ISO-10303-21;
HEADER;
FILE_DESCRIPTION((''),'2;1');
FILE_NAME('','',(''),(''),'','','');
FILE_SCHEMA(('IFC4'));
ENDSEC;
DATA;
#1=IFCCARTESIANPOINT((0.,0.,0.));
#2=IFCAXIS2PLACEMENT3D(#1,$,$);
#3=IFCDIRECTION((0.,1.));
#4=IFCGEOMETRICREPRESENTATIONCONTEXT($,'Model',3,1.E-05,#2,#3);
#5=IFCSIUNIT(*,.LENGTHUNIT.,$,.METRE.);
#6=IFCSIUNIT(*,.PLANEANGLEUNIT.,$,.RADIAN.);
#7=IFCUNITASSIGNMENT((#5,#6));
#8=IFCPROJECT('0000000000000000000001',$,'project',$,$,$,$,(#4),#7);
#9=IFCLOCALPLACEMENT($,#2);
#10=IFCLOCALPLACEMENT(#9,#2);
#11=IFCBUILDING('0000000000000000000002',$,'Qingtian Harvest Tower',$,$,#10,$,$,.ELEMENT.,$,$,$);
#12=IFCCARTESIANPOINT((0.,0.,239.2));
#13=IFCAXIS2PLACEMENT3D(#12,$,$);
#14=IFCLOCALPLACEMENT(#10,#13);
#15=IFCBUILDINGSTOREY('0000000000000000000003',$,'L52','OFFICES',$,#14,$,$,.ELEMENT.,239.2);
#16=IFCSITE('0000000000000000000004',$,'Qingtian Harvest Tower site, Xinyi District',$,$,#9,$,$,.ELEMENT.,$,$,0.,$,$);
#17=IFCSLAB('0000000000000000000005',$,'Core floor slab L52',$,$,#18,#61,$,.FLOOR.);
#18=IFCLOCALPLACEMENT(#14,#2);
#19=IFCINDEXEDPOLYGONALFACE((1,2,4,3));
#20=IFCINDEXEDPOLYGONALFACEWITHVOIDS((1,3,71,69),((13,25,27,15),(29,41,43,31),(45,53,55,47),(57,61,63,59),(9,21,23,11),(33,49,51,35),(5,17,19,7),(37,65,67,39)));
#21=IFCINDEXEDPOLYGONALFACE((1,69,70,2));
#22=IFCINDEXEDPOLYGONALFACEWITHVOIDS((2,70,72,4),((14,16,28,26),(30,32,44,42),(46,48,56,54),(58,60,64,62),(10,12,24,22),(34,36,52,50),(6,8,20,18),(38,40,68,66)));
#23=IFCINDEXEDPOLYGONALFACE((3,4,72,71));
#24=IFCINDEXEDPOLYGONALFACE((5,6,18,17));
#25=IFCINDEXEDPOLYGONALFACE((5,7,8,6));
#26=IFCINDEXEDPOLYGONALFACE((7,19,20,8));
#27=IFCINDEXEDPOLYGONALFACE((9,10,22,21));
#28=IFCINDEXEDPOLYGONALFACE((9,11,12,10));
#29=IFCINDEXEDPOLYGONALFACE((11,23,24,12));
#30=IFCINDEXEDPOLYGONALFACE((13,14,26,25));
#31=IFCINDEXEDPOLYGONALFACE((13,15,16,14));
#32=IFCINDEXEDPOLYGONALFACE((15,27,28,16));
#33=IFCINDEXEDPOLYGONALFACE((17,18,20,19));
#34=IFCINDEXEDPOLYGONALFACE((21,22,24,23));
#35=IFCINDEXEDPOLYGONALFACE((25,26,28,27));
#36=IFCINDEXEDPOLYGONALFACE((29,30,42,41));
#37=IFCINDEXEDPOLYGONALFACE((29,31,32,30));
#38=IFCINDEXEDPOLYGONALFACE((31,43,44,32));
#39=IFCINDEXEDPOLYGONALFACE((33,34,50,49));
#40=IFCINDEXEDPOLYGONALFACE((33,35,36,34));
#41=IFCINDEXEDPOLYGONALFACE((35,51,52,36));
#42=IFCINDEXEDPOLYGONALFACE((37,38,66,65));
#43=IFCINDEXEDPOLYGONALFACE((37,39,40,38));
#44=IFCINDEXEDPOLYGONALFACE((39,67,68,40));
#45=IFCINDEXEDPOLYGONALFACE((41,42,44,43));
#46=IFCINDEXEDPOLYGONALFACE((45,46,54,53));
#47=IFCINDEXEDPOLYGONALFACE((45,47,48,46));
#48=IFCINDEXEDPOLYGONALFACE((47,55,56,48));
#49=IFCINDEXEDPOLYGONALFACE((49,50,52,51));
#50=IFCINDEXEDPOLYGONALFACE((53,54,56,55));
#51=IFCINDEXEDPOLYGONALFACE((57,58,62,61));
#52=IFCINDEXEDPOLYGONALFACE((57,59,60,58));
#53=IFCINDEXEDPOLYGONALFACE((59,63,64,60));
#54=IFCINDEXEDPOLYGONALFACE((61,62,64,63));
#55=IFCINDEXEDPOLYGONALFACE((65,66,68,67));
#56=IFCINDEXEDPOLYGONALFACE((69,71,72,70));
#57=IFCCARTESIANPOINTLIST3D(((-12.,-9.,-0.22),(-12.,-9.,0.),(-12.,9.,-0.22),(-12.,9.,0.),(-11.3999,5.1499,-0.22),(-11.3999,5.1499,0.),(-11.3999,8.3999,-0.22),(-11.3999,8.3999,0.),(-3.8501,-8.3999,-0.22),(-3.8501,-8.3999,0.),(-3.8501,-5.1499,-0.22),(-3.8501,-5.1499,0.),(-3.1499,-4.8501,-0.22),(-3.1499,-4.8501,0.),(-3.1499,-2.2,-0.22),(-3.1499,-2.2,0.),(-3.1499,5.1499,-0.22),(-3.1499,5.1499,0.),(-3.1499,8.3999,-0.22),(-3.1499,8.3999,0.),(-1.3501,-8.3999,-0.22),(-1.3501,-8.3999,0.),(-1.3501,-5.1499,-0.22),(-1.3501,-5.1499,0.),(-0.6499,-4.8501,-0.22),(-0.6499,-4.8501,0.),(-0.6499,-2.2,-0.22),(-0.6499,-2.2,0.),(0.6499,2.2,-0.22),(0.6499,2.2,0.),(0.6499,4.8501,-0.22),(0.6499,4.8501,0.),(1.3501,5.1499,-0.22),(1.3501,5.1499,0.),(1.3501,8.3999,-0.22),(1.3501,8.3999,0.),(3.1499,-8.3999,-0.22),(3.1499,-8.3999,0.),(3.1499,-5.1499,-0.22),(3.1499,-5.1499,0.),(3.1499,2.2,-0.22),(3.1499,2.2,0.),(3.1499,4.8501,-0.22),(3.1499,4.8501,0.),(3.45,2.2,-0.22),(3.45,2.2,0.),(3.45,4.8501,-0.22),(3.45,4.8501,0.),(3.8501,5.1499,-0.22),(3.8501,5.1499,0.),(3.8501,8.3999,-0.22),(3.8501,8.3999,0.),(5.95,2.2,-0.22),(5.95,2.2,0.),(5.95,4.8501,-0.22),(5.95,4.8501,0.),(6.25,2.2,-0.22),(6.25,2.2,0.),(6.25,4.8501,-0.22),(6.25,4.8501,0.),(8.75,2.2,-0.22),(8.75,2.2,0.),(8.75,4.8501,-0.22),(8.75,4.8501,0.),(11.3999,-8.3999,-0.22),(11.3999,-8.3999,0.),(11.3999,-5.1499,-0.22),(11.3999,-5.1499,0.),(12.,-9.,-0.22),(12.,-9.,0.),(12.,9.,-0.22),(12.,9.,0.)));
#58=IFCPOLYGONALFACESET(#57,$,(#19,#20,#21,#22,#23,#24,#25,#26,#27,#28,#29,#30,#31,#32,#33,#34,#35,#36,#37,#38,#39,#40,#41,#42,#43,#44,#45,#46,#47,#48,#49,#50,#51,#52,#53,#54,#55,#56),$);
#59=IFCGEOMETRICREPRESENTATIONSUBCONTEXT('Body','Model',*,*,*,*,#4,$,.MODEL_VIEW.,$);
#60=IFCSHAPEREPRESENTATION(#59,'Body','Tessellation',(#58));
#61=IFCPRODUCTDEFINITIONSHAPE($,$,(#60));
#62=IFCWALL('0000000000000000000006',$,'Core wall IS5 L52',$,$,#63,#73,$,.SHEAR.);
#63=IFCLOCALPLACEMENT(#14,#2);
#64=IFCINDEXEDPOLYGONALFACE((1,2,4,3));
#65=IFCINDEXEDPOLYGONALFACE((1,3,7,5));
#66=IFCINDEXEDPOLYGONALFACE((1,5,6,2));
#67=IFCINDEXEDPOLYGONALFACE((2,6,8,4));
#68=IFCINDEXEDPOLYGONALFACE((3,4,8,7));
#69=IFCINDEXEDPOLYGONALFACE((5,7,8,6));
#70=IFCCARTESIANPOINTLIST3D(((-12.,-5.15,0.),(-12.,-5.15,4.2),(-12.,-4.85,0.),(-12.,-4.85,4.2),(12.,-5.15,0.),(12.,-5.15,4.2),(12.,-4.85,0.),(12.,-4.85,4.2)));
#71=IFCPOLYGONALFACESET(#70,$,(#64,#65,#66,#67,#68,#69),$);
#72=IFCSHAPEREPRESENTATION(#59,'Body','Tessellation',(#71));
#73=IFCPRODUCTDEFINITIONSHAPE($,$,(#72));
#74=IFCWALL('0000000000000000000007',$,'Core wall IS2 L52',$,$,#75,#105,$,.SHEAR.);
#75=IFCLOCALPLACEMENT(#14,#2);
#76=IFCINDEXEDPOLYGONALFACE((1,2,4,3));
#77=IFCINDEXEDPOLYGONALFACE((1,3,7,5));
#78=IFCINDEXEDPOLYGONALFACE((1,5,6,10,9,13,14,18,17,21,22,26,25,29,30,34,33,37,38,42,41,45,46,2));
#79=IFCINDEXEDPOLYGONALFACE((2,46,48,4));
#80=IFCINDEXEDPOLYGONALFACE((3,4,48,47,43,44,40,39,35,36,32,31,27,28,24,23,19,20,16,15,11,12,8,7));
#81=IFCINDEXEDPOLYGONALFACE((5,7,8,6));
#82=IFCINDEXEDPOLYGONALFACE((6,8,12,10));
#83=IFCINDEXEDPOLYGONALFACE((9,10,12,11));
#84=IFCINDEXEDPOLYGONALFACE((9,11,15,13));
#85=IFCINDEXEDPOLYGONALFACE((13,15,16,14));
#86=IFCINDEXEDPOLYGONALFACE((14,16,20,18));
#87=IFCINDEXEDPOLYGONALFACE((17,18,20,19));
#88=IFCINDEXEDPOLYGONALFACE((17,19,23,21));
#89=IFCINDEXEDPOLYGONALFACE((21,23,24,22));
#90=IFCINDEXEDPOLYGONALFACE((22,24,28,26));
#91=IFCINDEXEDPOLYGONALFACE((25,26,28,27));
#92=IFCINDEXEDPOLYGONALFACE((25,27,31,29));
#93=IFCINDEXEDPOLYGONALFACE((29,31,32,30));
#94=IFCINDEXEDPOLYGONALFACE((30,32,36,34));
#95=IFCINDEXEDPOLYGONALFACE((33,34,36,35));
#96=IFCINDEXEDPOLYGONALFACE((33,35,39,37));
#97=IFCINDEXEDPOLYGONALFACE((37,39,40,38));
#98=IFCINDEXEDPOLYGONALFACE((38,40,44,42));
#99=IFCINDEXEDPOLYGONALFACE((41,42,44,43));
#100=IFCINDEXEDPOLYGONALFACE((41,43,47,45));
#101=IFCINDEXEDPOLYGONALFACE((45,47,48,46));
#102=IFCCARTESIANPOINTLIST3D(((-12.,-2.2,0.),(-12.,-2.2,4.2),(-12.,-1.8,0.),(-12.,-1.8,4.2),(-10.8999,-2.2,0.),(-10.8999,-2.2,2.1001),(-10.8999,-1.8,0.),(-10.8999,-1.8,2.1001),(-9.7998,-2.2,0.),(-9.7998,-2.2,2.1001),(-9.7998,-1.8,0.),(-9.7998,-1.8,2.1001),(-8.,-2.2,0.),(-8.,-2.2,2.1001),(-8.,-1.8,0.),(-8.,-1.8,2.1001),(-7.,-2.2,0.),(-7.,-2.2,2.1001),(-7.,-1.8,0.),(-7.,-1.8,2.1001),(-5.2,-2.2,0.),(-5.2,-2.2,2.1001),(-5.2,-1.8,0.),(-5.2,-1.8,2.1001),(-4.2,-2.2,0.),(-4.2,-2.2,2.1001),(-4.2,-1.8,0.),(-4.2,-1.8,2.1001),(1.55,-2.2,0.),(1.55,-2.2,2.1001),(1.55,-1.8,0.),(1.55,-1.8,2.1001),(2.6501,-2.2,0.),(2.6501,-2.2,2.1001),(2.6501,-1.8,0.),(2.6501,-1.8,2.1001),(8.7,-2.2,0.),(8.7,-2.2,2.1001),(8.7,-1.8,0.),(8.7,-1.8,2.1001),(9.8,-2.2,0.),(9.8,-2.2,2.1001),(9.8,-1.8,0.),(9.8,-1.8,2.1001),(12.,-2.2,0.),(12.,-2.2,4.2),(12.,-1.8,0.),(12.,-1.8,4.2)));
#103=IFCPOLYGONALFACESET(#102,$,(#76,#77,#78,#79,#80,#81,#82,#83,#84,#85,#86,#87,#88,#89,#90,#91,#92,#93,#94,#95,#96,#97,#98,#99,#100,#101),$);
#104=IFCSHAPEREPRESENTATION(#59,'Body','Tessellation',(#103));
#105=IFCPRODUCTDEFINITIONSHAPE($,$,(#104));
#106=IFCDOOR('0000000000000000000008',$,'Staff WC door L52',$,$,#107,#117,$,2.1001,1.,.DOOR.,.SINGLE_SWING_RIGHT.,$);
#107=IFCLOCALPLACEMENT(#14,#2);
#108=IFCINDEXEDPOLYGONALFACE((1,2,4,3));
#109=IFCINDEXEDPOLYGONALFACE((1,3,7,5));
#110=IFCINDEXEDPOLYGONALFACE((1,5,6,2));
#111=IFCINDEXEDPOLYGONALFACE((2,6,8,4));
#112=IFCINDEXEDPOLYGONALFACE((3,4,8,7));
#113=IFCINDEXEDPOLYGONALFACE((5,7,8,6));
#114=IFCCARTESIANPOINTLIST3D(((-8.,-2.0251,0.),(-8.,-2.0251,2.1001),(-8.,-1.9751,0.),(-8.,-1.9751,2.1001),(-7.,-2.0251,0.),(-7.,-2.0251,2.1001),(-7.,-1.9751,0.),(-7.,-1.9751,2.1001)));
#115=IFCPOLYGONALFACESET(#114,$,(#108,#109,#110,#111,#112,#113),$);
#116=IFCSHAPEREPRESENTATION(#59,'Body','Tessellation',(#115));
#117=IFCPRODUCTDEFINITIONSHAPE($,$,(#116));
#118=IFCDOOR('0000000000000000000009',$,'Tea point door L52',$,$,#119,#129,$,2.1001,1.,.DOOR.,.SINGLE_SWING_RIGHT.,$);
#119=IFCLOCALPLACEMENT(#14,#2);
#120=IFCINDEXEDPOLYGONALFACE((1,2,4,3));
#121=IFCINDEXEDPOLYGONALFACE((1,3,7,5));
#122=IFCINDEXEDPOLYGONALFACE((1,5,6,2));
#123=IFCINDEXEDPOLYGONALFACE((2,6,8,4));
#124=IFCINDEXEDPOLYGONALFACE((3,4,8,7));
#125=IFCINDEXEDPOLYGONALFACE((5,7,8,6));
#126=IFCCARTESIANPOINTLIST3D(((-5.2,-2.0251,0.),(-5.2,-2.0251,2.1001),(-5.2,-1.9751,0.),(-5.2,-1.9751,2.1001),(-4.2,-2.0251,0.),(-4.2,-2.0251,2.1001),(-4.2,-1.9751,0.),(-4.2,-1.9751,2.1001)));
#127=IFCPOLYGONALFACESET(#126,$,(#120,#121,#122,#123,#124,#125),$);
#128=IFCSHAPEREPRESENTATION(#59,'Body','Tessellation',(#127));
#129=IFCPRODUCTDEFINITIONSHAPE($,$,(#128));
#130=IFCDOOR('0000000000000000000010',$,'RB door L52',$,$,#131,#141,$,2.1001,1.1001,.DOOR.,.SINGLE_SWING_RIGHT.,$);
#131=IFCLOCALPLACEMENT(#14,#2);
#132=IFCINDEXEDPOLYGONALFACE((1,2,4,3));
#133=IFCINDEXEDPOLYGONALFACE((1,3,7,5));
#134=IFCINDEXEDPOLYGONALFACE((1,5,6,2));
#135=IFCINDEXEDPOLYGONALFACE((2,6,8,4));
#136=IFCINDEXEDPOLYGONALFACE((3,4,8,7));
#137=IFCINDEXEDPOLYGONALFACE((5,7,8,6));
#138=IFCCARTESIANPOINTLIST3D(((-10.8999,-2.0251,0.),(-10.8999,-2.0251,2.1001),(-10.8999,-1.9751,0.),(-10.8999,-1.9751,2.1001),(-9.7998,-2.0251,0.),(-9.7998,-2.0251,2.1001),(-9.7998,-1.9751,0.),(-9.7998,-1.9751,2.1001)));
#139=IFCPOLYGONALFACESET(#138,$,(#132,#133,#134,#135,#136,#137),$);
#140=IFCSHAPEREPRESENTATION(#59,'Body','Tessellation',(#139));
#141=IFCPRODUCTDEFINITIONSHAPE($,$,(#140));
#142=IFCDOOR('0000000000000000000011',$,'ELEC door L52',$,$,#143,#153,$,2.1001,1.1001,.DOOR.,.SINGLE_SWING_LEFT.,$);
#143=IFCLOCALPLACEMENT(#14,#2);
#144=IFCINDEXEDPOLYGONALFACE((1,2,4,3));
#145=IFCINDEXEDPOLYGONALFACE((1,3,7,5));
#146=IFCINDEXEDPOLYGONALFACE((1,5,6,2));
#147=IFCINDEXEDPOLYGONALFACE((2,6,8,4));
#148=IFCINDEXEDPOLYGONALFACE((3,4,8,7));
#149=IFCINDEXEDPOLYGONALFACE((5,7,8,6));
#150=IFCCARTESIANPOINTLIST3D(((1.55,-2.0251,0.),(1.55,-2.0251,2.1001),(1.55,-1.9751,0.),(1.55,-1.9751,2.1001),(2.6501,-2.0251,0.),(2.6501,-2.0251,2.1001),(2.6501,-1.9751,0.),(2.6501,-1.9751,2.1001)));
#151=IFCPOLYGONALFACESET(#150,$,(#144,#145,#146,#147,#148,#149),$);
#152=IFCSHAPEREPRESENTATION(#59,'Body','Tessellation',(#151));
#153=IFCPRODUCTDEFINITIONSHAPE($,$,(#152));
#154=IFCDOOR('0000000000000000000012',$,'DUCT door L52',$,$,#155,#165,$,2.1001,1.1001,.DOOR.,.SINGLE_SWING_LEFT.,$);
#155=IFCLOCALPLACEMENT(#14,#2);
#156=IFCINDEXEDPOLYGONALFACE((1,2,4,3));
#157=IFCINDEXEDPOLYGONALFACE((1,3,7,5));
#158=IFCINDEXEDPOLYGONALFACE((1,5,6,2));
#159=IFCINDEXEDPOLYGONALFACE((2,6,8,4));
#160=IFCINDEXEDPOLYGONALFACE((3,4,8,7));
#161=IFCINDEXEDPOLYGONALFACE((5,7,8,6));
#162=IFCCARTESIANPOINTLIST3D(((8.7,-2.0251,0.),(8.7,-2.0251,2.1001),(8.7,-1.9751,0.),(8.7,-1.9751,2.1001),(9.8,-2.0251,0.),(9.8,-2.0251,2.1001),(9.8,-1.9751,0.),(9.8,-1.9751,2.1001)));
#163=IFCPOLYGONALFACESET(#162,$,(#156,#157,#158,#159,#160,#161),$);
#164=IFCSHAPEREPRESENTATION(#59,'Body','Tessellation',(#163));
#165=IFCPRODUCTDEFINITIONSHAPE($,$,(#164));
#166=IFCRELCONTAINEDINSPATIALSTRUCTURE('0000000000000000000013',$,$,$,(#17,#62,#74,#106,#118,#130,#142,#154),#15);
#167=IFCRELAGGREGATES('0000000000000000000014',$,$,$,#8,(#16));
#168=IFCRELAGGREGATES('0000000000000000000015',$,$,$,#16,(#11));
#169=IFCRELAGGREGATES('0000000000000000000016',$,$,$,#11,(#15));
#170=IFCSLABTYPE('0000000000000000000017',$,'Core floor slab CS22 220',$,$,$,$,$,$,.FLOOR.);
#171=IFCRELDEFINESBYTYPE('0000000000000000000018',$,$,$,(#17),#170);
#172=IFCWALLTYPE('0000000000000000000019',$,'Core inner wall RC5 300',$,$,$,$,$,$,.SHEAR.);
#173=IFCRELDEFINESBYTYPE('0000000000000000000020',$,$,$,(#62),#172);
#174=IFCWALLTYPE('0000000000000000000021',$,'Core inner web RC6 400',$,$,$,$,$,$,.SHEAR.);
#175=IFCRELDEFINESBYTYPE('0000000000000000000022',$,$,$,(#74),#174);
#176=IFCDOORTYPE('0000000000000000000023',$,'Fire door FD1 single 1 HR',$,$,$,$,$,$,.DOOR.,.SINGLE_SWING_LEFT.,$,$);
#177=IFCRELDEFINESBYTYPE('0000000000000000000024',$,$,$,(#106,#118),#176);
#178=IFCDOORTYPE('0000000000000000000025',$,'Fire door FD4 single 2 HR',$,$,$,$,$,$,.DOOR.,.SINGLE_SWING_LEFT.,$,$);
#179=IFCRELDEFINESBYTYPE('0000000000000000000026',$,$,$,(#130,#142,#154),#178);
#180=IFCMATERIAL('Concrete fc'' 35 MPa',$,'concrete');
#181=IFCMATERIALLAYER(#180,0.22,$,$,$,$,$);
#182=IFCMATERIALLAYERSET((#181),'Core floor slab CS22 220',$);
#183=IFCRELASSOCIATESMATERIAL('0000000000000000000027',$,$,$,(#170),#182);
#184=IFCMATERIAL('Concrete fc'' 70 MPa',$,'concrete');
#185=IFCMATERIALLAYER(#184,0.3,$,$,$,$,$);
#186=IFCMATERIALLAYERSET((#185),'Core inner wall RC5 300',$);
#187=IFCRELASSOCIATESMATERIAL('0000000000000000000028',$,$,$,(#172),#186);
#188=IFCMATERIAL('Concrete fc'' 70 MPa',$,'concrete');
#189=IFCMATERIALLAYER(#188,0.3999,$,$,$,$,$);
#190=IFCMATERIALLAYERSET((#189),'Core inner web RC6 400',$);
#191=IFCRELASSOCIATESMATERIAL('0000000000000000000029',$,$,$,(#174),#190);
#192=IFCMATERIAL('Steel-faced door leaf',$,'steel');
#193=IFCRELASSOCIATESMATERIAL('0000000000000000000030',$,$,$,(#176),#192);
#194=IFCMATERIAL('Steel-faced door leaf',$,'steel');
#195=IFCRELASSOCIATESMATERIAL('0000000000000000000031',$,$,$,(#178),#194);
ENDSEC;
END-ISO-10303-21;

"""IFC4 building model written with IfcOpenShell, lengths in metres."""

from ifc_helpers import new_model, si_unit, direction, frame, frame_2d, origin, place, context, subcontext, project, spatial, polyline, rectangle, outline, extrude, material, layer, layer_set, type_object, element, fill, save


model = new_model("IFC4")

# Units and contexts
model_context = context("Model", 3, precision=1e-05, world=origin(), true_north=direction((0.0, 1.0)))
body_context = subcontext(model_context, "Body", "Model", "MODEL_VIEW")
ifc_project = project(units=[si_unit("LENGTHUNIT", "METRE"), si_unit("PLANEANGLEUNIT", "RADIAN")], contexts=[model_context])

# Site, building, storey
site_placement = place(None, origin())
site = spatial("IfcSite", under=ifc_project, at=site_placement, Name="Qingtian Harvest Tower site, Xinyi District", CompositionType="ELEMENT", RefElevation=0.0)
building_placement = place(site_placement, origin())
building = spatial("IfcBuilding", under=site, at=building_placement, Name="Qingtian Harvest Tower", CompositionType="ELEMENT")
storey_placement = place(building_placement, frame((0.0, 0.0, 239.2)))
storey = spatial("IfcBuildingStorey", under=building, at=storey_placement, Name="L52", Description="OFFICES", CompositionType="ELEMENT", Elevation=239.2)

# Slab
ifc_material_1 = material(Name="Concrete fc' 35 MPa", Category="concrete")
ifc_layer_1 = layer(ifc_material_1, 0.22)
ifc_layer_set_1 = layer_set([ifc_layer_1], Name="Core floor slab CS22 220")
slab_type = type_object("IfcSlabType", Name="Core floor slab CS22 220", PredefinedType="FLOOR", material=ifc_layer_set_1)
slab_placement = place(storey_placement, frame((0.0, 0.0, -0.22)))
element("IfcSlab", 1, at=slab_placement, inside=storey, type_object=slab_type, Name="Core floor slab L52", PredefinedType="FLOOR", context=body_context, shape_type="SweptSolid", body=[
    extrude(outline(polyline([(-12.0, -9.0), (12.0, -9.0), (12.0, 9.0), (-12.0, 9.0), (-12.0, -9.0)]), holes=[polyline([(-11.3999, 5.1499), (-3.1499, 5.1499), (-3.1499, 8.3999), (-11.3999, 8.3999), (-11.3999, 5.1499)]), polyline([(3.1499, -8.3999), (11.3999, -8.3999), (11.3999, -5.1499), (3.1499, -5.1499), (3.1499, -8.3999)]), polyline([(1.3501, 5.1499), (3.8501, 5.1499), (3.8501, 8.3999), (1.3501, 8.3999), (1.3501, 5.1499)]), polyline([(-3.8501, -8.3999), (-1.3501, -8.3999), (-1.3501, -5.1499), (-3.8501, -5.1499), (-3.8501, -8.3999)]), polyline([(0.6499, 2.2), (3.1499, 2.2), (3.1499, 4.8501), (0.6499, 4.8501), (0.6499, 2.2)]), polyline([(3.45, 2.2), (5.95, 2.2), (5.95, 4.8501), (3.45, 4.8501), (3.45, 2.2)]), polyline([(6.25, 2.2), (8.75, 2.2), (8.75, 4.8501), (6.25, 4.8501), (6.25, 2.2)]), polyline([(-3.1499, -4.8501), (-0.6499, -4.8501), (-0.6499, -2.2), (-3.1499, -2.2), (-3.1499, -4.8501)])]), origin(), (0.0, 0.0, 1.0), 0.22),
])

# Wall
ifc_material_2 = material(Name="Concrete fc' 70 MPa", Category="concrete")
ifc_layer_2 = layer(ifc_material_2, 0.3)
ifc_layer_set_2 = layer_set([ifc_layer_2], Name="Core inner wall RC5 300")
wall_type_1 = type_object("IfcWallType", Name="Core inner wall RC5 300", PredefinedType="SHEAR", material=ifc_layer_set_2)
wall_1_placement = place(storey_placement, frame((-12.0, -5.0, 0.0), z_axis=(0.0, 0.0, 1.0), x_axis=(1.0, 0.0, 0.0)))
element("IfcWall", 2, at=wall_1_placement, inside=storey, type_object=wall_type_1, Name="Core wall IS5 L52", PredefinedType="SHEAR", context=body_context, shape_type="SweptSolid", body=[
    extrude(rectangle(XDim=24.0, YDim=0.3, at=frame_2d((12.0, 0.0))), origin(), (0.0, 0.0, 1.0), 4.2),
])

# Wall, openings, doors
ifc_material_3 = material(Name="Concrete fc' 70 MPa", Category="concrete")
ifc_layer_3 = layer(ifc_material_3, 0.3999)
ifc_layer_set_3 = layer_set([ifc_layer_3], Name="Core inner web RC6 400")
wall_type_2 = type_object("IfcWallType", Name="Core inner web RC6 400", PredefinedType="SHEAR", material=ifc_layer_set_3)
wall_2_placement = place(storey_placement, frame((-12.0, -2.0, 0.0), z_axis=(0.0, 0.0, 1.0), x_axis=(1.0, 0.0, 0.0)))
wall_2 = element("IfcWall", 3, at=wall_2_placement, inside=storey, type_object=wall_type_2, Name="Core wall IS2 L52", PredefinedType="SHEAR", context=body_context, shape_type="SweptSolid", body=[
    extrude(rectangle(XDim=24.0, YDim=0.3999, at=frame_2d((12.0, 0.0))), origin(), (0.0, 0.0, 1.0), 4.2),
])
opening_1_placement = place(wall_2_placement, frame((1.1001, 0.0, 0.0)))
opening_1 = element("IfcOpeningElement", 4, at=opening_1_placement, cuts=wall_2, PredefinedType="OPENING", context=body_context, shape_type="SweptSolid", body=[
    extrude(rectangle(XDim=1.1001, YDim=2.1001, at=frame_2d((0.55, 1.05))), frame((0.0, 0.21, 0.0), z_axis=(0.0, -1.0, 0.0), x_axis=(1.0, 0.0, 0.0)), (0.0, 0.0, 1.0), 0.4199),
])
opening_2_placement = place(wall_2_placement, frame((13.55, 0.0, 0.0)))
opening_2 = element("IfcOpeningElement", 5, at=opening_2_placement, cuts=wall_2, PredefinedType="OPENING", context=body_context, shape_type="SweptSolid", body=[
    extrude(rectangle(XDim=1.1001, YDim=2.1001, at=frame_2d((0.55, 1.05))), frame((0.0, 0.21, 0.0), z_axis=(0.0, -1.0, 0.0), x_axis=(1.0, 0.0, 0.0)), (0.0, 0.0, 1.0), 0.4199),
])
opening_3_placement = place(wall_2_placement, frame((20.7, 0.0, 0.0)))
opening_3 = element("IfcOpeningElement", 6, at=opening_3_placement, cuts=wall_2, PredefinedType="OPENING", context=body_context, shape_type="SweptSolid", body=[
    extrude(rectangle(XDim=1.1001, YDim=2.1001, at=frame_2d((0.55, 1.05))), frame((0.0, 0.21, 0.0), z_axis=(0.0, -1.0, 0.0), x_axis=(1.0, 0.0, 0.0)), (0.0, 0.0, 1.0), 0.4199),
])
opening_4_placement = place(wall_2_placement, frame((4.0, 0.0, 0.0)))
opening_4 = element("IfcOpeningElement", 7, at=opening_4_placement, cuts=wall_2, PredefinedType="OPENING", context=body_context, shape_type="SweptSolid", body=[
    extrude(rectangle(XDim=1.0, YDim=2.1001, at=frame_2d((0.5, 1.05))), frame((0.0, 0.21, 0.0), z_axis=(0.0, -1.0, 0.0), x_axis=(1.0, 0.0, 0.0)), (0.0, 0.0, 1.0), 0.4199),
])
opening_5_placement = place(wall_2_placement, frame((6.8, 0.0, 0.0)))
opening_5 = element("IfcOpeningElement", 8, at=opening_5_placement, cuts=wall_2, PredefinedType="OPENING", context=body_context, shape_type="SweptSolid", body=[
    extrude(rectangle(XDim=1.0, YDim=2.1001, at=frame_2d((0.5, 1.05))), frame((0.0, 0.21, 0.0), z_axis=(0.0, -1.0, 0.0), x_axis=(1.0, 0.0, 0.0)), (0.0, 0.0, 1.0), 0.4199),
])
ifc_material_4 = material(Name="Steel-faced door leaf", Category="steel")
door_type_1 = type_object("IfcDoorType", Name="Fire door FD1 single 1 HR", OperationType="SINGLE_SWING_LEFT", PredefinedType="DOOR", material=ifc_material_4)
door_1_placement = place(opening_4_placement, origin())
door_1 = element("IfcDoor", 9, at=door_1_placement, inside=storey, type_object=door_type_1, Name="Staff WC door L52", OperationType="SINGLE_SWING_RIGHT", OverallHeight=2.1001, OverallWidth=1.0, PredefinedType="DOOR", context=body_context, shape_type="SweptSolid", body=[
    extrude(rectangle(XDim=1.0, YDim=2.1001, at=frame_2d((0.5, 1.05))), frame((0.0, 0.0249, 0.0), z_axis=(0.0, -1.0, 0.0), x_axis=(1.0, 0.0, 0.0)), (0.0, 0.0, 1.0), 0.05),
])
fill(opening_4, door_1)
door_2_placement = place(opening_5_placement, origin())
door_2 = element("IfcDoor", 10, at=door_2_placement, inside=storey, type_object=door_type_1, Name="Tea point door L52", OperationType="SINGLE_SWING_RIGHT", OverallHeight=2.1001, OverallWidth=1.0, PredefinedType="DOOR", context=body_context, shape_type="SweptSolid", body=[
    extrude(rectangle(XDim=1.0, YDim=2.1001, at=frame_2d((0.5, 1.05))), frame((0.0, 0.0249, 0.0), z_axis=(0.0, -1.0, 0.0), x_axis=(1.0, 0.0, 0.0)), (0.0, 0.0, 1.0), 0.05),
])
fill(opening_5, door_2)
ifc_material_5 = material(Name="Steel-faced door leaf", Category="steel")
door_type_2 = type_object("IfcDoorType", Name="Fire door FD4 single 2 HR", OperationType="SINGLE_SWING_LEFT", PredefinedType="DOOR", material=ifc_material_5)
door_3_placement = place(opening_1_placement, origin())
door_3 = element("IfcDoor", 11, at=door_3_placement, inside=storey, type_object=door_type_2, Name="RB door L52", OperationType="SINGLE_SWING_RIGHT", OverallHeight=2.1001, OverallWidth=1.1001, PredefinedType="DOOR", context=body_context, shape_type="SweptSolid", body=[
    extrude(rectangle(XDim=1.1001, YDim=2.1001, at=frame_2d((0.55, 1.05))), frame((0.0, 0.0249, 0.0), z_axis=(0.0, -1.0, 0.0), x_axis=(1.0, 0.0, 0.0)), (0.0, 0.0, 1.0), 0.05),
])
fill(opening_1, door_3)
door_4_placement = place(opening_2_placement, origin())
door_4 = element("IfcDoor", 12, at=door_4_placement, inside=storey, type_object=door_type_2, Name="ELEC door L52", OperationType="SINGLE_SWING_LEFT", OverallHeight=2.1001, OverallWidth=1.1001, PredefinedType="DOOR", context=body_context, shape_type="SweptSolid", body=[
    extrude(rectangle(XDim=1.1001, YDim=2.1001, at=frame_2d((0.55, 1.05))), frame((0.0, 0.0249, 0.0), z_axis=(0.0, -1.0, 0.0), x_axis=(1.0, 0.0, 0.0)), (0.0, 0.0, 1.0), 0.05),
])
fill(opening_2, door_4)
door_5_placement = place(opening_3_placement, origin())
door_5 = element("IfcDoor", 13, at=door_5_placement, inside=storey, type_object=door_type_2, Name="DUCT door L52", OperationType="SINGLE_SWING_LEFT", OverallHeight=2.1001, OverallWidth=1.1001, PredefinedType="DOOR", context=body_context, shape_type="SweptSolid", body=[
    extrude(rectangle(XDim=1.1001, YDim=2.1001, at=frame_2d((0.55, 1.05))), frame((0.0, 0.0249, 0.0), z_axis=(0.0, -1.0, 0.0), x_axis=(1.0, 0.0, 0.0)), (0.0, 0.0, 1.0), 0.05),
])
fill(opening_3, door_5)

save(model, "model.ifc")
